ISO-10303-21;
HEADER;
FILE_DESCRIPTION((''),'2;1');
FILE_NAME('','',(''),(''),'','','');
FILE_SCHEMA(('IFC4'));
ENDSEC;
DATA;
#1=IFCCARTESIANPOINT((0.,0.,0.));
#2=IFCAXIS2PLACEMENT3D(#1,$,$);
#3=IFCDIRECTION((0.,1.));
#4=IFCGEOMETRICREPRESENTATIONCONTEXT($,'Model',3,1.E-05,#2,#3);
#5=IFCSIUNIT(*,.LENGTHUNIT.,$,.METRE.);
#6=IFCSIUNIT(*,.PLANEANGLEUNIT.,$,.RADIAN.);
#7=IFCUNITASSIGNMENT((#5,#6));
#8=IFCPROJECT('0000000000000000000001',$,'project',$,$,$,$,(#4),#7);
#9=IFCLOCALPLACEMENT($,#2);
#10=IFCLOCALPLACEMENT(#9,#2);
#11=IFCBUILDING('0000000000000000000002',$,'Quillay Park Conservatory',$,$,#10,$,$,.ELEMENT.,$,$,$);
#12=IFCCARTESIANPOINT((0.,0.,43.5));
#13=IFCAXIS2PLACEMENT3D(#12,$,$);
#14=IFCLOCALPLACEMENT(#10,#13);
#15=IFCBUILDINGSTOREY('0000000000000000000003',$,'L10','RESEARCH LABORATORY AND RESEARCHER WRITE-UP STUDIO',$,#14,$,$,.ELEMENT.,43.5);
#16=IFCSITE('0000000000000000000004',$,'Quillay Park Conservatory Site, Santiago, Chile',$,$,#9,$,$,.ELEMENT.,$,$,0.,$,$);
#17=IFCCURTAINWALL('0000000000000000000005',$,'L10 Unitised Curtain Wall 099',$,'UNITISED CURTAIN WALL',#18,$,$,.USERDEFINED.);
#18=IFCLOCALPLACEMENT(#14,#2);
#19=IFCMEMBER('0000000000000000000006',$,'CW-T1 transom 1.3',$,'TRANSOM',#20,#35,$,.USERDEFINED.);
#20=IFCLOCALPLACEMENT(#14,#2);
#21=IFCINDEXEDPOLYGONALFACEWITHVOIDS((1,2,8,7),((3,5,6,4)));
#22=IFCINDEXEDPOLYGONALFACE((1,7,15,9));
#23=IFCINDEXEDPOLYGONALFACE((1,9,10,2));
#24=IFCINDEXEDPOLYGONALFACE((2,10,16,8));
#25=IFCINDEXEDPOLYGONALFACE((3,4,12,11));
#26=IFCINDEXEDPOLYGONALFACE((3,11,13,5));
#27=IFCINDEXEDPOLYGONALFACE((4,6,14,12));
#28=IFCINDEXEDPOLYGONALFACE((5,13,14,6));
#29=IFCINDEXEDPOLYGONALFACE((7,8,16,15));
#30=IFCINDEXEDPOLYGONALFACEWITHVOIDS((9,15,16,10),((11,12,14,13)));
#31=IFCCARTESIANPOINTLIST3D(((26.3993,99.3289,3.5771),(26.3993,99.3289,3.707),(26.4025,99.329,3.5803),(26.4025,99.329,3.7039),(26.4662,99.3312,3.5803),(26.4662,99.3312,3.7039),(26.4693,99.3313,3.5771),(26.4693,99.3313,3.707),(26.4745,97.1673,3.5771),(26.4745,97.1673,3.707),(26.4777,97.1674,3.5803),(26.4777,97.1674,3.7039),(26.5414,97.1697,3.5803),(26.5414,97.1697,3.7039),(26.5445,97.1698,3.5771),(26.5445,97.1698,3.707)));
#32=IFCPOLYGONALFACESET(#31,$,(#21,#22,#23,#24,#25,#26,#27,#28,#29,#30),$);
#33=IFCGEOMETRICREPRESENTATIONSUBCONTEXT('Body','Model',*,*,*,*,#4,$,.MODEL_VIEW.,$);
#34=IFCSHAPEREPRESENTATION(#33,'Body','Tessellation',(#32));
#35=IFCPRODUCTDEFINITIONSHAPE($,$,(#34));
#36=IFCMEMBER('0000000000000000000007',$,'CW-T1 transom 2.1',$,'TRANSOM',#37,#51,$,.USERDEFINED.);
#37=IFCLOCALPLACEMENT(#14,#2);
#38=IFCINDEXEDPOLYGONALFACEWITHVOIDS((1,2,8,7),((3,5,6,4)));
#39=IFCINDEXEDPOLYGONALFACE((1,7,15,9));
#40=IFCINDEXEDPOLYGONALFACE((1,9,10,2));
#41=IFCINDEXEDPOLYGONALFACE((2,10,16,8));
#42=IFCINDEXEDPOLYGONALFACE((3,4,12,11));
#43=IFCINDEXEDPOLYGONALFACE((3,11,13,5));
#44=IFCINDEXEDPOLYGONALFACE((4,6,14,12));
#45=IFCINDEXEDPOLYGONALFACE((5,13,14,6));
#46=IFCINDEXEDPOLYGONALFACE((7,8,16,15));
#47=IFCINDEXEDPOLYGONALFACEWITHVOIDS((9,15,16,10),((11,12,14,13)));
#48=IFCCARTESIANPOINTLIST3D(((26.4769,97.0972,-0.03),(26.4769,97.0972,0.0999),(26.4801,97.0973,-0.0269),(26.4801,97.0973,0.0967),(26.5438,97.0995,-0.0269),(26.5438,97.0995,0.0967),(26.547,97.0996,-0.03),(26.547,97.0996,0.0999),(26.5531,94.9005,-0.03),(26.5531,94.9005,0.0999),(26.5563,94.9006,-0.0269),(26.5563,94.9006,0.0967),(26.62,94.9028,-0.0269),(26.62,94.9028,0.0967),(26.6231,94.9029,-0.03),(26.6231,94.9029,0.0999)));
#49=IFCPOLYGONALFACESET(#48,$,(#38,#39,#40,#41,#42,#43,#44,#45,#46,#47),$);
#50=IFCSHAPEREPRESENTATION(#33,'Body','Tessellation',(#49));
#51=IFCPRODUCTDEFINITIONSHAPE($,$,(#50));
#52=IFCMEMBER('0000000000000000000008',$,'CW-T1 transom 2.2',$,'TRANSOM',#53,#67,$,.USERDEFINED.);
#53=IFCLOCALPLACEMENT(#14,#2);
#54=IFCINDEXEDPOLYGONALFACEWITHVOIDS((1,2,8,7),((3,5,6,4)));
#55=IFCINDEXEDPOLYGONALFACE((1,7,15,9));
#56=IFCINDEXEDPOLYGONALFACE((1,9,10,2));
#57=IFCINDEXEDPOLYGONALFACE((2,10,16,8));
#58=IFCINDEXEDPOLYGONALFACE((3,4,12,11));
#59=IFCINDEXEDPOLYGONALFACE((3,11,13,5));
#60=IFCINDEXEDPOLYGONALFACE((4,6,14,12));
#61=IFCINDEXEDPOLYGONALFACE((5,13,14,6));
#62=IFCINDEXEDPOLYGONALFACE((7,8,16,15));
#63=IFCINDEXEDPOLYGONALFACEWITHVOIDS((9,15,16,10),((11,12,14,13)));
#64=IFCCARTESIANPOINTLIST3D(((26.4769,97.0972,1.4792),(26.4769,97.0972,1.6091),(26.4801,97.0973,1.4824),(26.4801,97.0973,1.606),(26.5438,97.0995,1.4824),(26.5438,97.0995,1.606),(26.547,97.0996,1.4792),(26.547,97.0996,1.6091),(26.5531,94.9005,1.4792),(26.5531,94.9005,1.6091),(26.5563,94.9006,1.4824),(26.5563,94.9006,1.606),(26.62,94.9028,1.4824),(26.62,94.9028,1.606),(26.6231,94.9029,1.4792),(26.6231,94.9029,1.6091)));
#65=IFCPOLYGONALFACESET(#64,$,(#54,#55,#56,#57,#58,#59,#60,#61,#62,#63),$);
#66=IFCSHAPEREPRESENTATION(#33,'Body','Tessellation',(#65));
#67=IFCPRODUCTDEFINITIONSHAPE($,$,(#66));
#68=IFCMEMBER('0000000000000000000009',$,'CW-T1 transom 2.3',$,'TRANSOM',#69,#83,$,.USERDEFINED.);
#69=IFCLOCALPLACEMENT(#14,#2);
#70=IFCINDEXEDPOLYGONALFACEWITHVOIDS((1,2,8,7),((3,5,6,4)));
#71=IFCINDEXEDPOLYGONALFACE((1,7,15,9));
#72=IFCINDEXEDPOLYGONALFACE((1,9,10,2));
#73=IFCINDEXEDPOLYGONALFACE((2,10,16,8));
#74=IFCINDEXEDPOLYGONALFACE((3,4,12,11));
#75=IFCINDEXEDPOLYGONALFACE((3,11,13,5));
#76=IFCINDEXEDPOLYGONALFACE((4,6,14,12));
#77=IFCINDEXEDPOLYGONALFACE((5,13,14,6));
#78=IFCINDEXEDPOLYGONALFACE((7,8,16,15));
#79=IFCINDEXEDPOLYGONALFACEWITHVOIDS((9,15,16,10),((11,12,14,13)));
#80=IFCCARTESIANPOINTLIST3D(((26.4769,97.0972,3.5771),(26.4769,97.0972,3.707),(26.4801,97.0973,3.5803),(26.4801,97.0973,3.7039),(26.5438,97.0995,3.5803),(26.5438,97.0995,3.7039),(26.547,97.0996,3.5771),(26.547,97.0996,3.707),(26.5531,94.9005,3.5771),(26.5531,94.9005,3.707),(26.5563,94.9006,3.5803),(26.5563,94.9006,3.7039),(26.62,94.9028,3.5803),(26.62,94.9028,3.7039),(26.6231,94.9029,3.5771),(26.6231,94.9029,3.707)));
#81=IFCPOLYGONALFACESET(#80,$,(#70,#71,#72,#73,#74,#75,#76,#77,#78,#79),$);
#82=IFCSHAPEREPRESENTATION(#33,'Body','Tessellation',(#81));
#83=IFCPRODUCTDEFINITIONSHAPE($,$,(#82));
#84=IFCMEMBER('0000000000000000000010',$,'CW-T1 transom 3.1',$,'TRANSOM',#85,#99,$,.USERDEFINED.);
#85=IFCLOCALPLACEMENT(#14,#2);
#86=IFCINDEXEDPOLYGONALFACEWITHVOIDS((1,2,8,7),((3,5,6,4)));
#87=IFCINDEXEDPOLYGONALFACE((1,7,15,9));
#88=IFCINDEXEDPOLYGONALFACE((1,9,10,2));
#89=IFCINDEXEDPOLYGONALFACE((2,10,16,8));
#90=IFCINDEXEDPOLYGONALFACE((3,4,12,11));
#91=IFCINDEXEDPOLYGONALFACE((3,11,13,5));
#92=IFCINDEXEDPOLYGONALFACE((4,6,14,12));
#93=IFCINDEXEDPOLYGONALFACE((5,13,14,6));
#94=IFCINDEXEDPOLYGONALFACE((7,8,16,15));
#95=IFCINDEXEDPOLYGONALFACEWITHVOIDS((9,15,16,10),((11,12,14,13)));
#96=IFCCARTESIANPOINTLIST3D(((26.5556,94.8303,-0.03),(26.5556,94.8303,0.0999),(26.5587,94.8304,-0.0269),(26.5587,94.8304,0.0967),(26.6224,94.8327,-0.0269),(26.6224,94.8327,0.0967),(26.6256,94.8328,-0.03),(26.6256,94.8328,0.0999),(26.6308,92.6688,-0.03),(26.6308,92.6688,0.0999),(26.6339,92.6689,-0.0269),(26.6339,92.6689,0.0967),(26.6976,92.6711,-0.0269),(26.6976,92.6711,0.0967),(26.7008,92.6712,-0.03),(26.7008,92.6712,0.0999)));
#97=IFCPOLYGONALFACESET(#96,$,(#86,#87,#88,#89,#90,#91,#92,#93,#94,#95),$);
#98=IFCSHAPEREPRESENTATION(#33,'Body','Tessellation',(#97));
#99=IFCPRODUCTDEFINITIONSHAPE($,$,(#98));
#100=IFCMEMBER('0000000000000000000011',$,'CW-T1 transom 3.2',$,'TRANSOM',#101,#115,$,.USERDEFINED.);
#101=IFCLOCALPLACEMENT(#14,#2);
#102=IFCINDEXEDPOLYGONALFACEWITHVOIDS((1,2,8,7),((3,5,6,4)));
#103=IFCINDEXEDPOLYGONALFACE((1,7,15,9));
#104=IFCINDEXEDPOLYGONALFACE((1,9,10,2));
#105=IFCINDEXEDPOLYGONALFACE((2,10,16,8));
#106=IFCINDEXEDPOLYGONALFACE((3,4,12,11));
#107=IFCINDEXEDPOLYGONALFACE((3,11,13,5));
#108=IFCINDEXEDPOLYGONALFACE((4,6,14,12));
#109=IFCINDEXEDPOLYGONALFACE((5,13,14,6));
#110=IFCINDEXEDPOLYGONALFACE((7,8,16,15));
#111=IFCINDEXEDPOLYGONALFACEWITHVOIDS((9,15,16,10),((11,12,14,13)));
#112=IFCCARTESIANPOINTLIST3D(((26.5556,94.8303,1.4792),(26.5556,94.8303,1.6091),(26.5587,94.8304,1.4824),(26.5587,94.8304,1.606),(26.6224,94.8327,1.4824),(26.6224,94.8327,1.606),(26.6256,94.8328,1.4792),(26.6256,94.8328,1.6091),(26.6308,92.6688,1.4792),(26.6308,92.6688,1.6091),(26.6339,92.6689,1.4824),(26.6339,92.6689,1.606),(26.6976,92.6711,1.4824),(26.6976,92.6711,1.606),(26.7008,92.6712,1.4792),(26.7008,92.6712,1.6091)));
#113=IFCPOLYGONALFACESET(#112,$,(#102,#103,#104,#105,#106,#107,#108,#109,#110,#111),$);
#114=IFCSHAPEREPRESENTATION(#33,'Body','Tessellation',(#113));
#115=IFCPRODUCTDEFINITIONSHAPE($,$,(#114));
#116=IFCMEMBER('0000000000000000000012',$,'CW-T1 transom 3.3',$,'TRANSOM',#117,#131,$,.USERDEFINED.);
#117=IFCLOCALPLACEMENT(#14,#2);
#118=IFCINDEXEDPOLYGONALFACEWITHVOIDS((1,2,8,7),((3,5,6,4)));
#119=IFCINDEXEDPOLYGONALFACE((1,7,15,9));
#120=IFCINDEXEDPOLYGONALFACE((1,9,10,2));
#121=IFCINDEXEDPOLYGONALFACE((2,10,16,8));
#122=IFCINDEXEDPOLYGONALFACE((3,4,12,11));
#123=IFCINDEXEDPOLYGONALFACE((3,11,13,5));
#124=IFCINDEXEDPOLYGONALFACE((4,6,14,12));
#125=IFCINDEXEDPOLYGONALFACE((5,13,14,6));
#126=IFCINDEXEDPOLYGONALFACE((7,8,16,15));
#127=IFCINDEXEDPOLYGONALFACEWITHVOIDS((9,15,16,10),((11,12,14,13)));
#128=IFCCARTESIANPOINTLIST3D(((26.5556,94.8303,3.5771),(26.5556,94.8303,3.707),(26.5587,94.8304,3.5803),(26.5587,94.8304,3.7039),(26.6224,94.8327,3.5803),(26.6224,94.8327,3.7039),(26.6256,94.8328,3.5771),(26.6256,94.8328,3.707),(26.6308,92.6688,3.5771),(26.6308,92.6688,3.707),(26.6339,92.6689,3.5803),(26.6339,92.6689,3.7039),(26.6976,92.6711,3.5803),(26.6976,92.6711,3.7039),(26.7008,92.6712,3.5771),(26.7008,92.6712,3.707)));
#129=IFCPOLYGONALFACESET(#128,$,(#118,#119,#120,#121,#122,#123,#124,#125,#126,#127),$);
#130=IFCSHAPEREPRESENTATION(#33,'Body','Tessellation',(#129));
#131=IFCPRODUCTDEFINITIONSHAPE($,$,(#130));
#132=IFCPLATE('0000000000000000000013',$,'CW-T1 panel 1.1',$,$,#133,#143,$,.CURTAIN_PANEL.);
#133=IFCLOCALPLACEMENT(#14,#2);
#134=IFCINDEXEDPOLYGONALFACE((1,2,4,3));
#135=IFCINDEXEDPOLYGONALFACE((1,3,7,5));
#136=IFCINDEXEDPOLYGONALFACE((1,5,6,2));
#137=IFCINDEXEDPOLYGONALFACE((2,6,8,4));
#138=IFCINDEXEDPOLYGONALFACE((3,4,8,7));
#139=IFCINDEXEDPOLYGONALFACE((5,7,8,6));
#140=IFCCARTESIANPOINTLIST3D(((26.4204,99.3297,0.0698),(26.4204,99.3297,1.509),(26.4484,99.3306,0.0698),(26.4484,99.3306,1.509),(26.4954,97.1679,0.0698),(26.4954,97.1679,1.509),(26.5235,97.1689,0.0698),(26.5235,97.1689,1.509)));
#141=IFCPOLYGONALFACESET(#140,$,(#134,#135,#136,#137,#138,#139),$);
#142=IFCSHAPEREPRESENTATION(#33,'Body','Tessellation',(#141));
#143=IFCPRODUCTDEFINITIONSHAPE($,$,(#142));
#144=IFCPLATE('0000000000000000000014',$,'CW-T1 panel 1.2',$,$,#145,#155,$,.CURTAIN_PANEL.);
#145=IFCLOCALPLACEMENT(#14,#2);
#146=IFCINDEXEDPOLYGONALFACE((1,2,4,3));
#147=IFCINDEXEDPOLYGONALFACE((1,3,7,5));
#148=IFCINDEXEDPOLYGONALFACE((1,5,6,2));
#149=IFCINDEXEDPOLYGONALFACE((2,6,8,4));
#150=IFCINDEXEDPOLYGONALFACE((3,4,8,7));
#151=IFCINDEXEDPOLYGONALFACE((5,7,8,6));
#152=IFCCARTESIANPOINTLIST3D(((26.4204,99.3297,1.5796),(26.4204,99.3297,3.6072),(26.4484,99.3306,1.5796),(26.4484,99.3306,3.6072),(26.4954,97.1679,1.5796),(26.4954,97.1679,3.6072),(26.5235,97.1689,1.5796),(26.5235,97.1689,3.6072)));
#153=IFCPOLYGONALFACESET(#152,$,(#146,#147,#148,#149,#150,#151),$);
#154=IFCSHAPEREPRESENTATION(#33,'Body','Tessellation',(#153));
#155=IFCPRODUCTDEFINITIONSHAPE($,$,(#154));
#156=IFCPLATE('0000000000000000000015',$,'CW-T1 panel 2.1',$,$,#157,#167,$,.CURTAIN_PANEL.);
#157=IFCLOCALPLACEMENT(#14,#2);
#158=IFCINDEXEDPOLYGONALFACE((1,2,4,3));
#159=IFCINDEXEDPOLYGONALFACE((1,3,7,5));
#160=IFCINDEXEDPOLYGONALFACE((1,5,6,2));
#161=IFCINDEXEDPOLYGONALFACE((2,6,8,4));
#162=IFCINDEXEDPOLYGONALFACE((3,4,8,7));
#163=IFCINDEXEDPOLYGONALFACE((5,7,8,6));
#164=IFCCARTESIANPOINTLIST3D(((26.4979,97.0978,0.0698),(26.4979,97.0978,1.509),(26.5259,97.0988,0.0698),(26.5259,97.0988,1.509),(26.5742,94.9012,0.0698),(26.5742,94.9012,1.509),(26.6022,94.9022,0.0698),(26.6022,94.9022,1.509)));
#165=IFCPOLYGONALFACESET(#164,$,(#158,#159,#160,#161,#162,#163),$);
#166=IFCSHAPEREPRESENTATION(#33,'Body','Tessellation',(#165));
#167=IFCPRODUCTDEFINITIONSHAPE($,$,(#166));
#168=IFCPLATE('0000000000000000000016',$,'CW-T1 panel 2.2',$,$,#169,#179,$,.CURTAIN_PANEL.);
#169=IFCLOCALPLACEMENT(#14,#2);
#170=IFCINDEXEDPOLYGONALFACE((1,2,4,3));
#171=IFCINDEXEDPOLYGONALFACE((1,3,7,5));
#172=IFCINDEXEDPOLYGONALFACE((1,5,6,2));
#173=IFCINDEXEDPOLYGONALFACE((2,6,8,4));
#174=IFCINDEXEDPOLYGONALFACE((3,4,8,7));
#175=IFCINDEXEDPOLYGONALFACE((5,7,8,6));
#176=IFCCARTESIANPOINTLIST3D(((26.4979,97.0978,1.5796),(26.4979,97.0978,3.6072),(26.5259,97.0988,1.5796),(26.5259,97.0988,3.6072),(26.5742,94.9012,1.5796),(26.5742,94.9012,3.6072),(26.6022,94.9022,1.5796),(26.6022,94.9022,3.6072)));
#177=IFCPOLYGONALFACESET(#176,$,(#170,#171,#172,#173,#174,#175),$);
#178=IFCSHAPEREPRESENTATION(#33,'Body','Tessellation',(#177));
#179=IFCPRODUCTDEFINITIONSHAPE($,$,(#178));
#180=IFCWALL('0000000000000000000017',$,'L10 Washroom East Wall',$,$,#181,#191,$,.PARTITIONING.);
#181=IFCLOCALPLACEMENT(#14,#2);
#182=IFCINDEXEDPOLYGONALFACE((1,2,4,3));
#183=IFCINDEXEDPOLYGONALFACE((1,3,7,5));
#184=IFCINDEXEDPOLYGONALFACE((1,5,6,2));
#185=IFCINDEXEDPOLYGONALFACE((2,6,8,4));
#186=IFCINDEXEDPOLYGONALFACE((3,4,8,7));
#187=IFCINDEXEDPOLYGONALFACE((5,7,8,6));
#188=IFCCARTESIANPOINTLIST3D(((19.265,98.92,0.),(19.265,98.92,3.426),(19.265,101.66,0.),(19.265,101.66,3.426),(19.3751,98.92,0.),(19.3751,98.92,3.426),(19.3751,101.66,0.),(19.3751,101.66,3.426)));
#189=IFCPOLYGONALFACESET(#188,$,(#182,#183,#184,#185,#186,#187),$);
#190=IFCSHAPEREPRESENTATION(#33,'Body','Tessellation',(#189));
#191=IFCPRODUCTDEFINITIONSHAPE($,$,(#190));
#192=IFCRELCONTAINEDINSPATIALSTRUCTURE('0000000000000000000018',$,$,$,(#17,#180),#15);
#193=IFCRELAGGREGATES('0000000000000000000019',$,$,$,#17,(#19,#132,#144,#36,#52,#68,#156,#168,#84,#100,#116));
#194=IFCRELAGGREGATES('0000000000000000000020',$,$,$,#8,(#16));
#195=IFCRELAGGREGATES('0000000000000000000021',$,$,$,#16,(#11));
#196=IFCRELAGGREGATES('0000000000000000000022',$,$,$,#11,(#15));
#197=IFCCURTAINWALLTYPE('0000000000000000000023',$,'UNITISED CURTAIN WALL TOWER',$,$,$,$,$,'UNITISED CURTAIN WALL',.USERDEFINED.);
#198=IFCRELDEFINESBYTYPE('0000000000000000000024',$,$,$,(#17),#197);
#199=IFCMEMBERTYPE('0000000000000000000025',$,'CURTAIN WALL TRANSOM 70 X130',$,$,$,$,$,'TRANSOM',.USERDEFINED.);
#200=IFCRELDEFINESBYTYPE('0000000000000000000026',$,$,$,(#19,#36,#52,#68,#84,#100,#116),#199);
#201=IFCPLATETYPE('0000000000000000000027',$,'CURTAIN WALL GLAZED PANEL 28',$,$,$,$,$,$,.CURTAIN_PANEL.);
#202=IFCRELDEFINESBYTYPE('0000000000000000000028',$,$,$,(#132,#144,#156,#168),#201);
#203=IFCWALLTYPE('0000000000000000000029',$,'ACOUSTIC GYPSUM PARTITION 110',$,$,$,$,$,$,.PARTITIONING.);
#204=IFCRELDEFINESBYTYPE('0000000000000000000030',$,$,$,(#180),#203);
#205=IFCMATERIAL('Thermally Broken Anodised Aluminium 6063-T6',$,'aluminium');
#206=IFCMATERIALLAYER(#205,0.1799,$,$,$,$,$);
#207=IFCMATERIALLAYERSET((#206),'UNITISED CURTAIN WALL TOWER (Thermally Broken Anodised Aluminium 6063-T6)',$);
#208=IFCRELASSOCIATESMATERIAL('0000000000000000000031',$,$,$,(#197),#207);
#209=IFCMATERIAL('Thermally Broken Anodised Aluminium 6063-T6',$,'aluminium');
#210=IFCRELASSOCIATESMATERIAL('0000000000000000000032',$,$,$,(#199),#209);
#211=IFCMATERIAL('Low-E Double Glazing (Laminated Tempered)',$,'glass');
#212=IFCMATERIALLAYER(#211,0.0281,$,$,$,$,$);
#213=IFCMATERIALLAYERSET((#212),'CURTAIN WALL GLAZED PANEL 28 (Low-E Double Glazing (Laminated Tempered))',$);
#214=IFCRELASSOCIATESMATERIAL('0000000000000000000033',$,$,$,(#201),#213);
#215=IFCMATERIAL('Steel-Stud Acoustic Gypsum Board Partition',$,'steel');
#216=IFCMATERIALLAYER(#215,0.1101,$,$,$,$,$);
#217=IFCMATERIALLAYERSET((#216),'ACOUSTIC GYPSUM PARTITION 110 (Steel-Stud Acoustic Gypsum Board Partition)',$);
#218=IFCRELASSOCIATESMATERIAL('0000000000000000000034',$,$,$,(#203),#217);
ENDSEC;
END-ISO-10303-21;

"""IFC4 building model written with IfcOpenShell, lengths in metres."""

from ifc_helpers import new_model, si_unit, direction, frame, frame_2d, origin, origin_2d, place, context, subcontext, project, spatial, rectangle, hollow_rectangle, extrude, material, layer, layer_set, material_profile, profile_set, type_object, element, aggregate, save


model = new_model("IFC4")

# Units and contexts
model_context = context("Model", 3, precision=1e-05, world=origin(), true_north=direction((0.0, 1.0)))
body_context = subcontext(model_context, "Body", "Model", "MODEL_VIEW")
ifc_project = project(units=[si_unit("LENGTHUNIT", "METRE"), si_unit("PLANEANGLEUNIT", "RADIAN")], contexts=[model_context])

# Site, building, storey
site_placement = place(None, origin())
site = spatial("IfcSite", under=ifc_project, at=site_placement, Name="Quillay Park Conservatory Site, Santiago, Chile", CompositionType="ELEMENT", RefElevation=0.0)
building_placement = place(site_placement, origin())
building = spatial("IfcBuilding", under=site, at=building_placement, Name="Quillay Park Conservatory", CompositionType="ELEMENT")
storey_placement = place(building_placement, frame((0.0, 0.0, 43.5)))
storey = spatial("IfcBuildingStorey", under=building, at=storey_placement, Name="L10", Description="RESEARCH LABORATORY AND RESEARCHER WRITE-UP STUDIO", CompositionType="ELEMENT", Elevation=43.5)

# Curtain wall, members, plates
ifc_material_1 = material(Name="Thermally Broken Anodised Aluminium 6063-T6", Category="aluminium")
ifc_layer_1 = layer(ifc_material_1, 0.1799)
ifc_layer_set_1 = layer_set([ifc_layer_1], Name="UNITISED CURTAIN WALL TOWER (Thermally Broken Anodised Aluminium 6063-T6)")
curtain_wall_type = type_object("IfcCurtainWallType", Name="UNITISED CURTAIN WALL TOWER", ElementType="UNITISED CURTAIN WALL", PredefinedType="USERDEFINED", material=ifc_layer_set_1)
curtain_wall_placement = place(storey_placement, origin())
curtain_wall = element("IfcCurtainWall", 1, at=curtain_wall_placement, inside=storey, type_object=curtain_wall_type, Name="L10 Unitised Curtain Wall 099", ObjectType="UNITISED CURTAIN WALL", PredefinedType="USERDEFINED")
ifc_material_2 = material(Name="Thermally Broken Anodised Aluminium 6063-T6", Category="aluminium")
ifc_material_profile_1 = material_profile(ifc_material_2, hollow_rectangle(XDim=0.0701, YDim=0.1299, WallThickness=0.0032, at=origin_2d()), Name="AL70x130x3.2")
ifc_profile_set_1 = profile_set([ifc_material_profile_1], Name="Thermally Broken Anodised Aluminium 6063-T6")
member_type_1 = type_object("IfcMemberType", Name="CURTAIN WALL TRANSOM 70 X130", ElementType="TRANSOM", PredefinedType="USERDEFINED", material=ifc_profile_set_1)
member_1_placement = place(storey_placement, frame((26.4343, 99.3301, 3.6421), z_axis=(0.034766, -0.999395, 0.0), x_axis=(0.999395, 0.034766, 0.0)))
member_1 = element("IfcMember", 2, at=member_1_placement, type_object=member_type_1, Name="CW-T1 transom 1.3", ObjectType="TRANSOM", PredefinedType="USERDEFINED", context=body_context, shape_type="SweptSolid", body=[
    extrude(hollow_rectangle(XDim=0.0701, YDim=0.1299, WallThickness=0.0032, at=origin_2d()), origin(), (0.0, 0.0, 1.0), 2.1628),
])
member_2_placement = place(storey_placement, frame((26.512, 97.0984, 0.0349), z_axis=(0.034654, -0.999399, 0.0), x_axis=(0.999399, 0.034654, 0.0)))
member_2 = element("IfcMember", 3, at=member_2_placement, type_object=member_type_1, Name="CW-T1 transom 2.1", ObjectType="TRANSOM", PredefinedType="USERDEFINED", context=body_context, shape_type="SweptSolid", body=[
    extrude(hollow_rectangle(XDim=0.0701, YDim=0.1299, WallThickness=0.0032, at=origin_2d()), origin(), (0.0, 0.0, 1.0), 2.198),
])
member_3_placement = place(storey_placement, frame((26.512, 97.0984, 1.5442), z_axis=(0.034654, -0.999399, 0.0), x_axis=(0.999399, 0.034654, 0.0)))
member_3 = element("IfcMember", 4, at=member_3_placement, type_object=member_type_1, Name="CW-T1 transom 2.2", ObjectType="TRANSOM", PredefinedType="USERDEFINED", context=body_context, shape_type="SweptSolid", body=[
    extrude(hollow_rectangle(XDim=0.0701, YDim=0.1299, WallThickness=0.0032, at=origin_2d()), origin(), (0.0, 0.0, 1.0), 2.198),
])
member_4_placement = place(storey_placement, frame((26.512, 97.0984, 3.6421), z_axis=(0.034654, -0.999399, 0.0), x_axis=(0.999399, 0.034654, 0.0)))
member_4 = element("IfcMember", 5, at=member_4_placement, type_object=member_type_1, Name="CW-T1 transom 2.3", ObjectType="TRANSOM", PredefinedType="USERDEFINED", context=body_context, shape_type="SweptSolid", body=[
    extrude(hollow_rectangle(XDim=0.0701, YDim=0.1299, WallThickness=0.0032, at=origin_2d()), origin(), (0.0, 0.0, 1.0), 2.198),
])
member_5_placement = place(storey_placement, frame((26.5906, 94.8315, 0.0349), z_axis=(0.034766, -0.999395, 0.0), x_axis=(0.999395, 0.034766, 0.0)))
member_5 = element("IfcMember", 6, at=member_5_placement, type_object=member_type_1, Name="CW-T1 transom 3.1", ObjectType="TRANSOM", PredefinedType="USERDEFINED", context=body_context, shape_type="SweptSolid", body=[
    extrude(hollow_rectangle(XDim=0.0701, YDim=0.1299, WallThickness=0.0032, at=origin_2d()), origin(), (0.0, 0.0, 1.0), 2.1628),
])
member_6_placement = place(storey_placement, frame((26.5906, 94.8315, 1.5442), z_axis=(0.034766, -0.999395, 0.0), x_axis=(0.999395, 0.034766, 0.0)))
member_6 = element("IfcMember", 7, at=member_6_placement, type_object=member_type_1, Name="CW-T1 transom 3.2", ObjectType="TRANSOM", PredefinedType="USERDEFINED", context=body_context, shape_type="SweptSolid", body=[
    extrude(hollow_rectangle(XDim=0.0701, YDim=0.1299, WallThickness=0.0032, at=origin_2d()), origin(), (0.0, 0.0, 1.0), 2.1628),
])
member_7_placement = place(storey_placement, frame((26.5906, 94.8315, 3.6421), z_axis=(0.034766, -0.999395, 0.0), x_axis=(0.999395, 0.034766, 0.0)))
member_7 = element("IfcMember", 8, at=member_7_placement, type_object=member_type_1, Name="CW-T1 transom 3.3", ObjectType="TRANSOM", PredefinedType="USERDEFINED", context=body_context, shape_type="SweptSolid", body=[
    extrude(hollow_rectangle(XDim=0.0701, YDim=0.1299, WallThickness=0.0032, at=origin_2d()), origin(), (0.0, 0.0, 1.0), 2.1628),
])
ifc_material_3 = material(Name="Low-E Double Glazing (Laminated Tempered)", Category="glass")
ifc_layer_2 = layer(ifc_material_3, 0.0281)
ifc_layer_set_2 = layer_set([ifc_layer_2], Name="CURTAIN WALL GLAZED PANEL 28 (Low-E Double Glazing (Laminated Tempered))")
plate_type = type_object("IfcPlateType", Name="CURTAIN WALL GLAZED PANEL 28", PredefinedType="CURTAIN_PANEL", material=ifc_layer_set_2)
plate_1_placement = place(storey_placement, frame((26.4719, 98.2493, 0.0698), z_axis=(0.0, 0.0, 1.0), x_axis=(0.034713, -0.999397, 0.0)))
plate_1 = element("IfcPlate", 9, at=plate_1_placement, type_object=plate_type, Name="CW-T1 panel 1.1", PredefinedType="CURTAIN_PANEL", context=body_context, shape_type="SweptSolid", body=[
    extrude(rectangle(XDim=2.1631, YDim=0.0281, at=origin_2d()), origin(), (0.0, 0.0, 1.0), 1.4392),
])
plate_2_placement = place(storey_placement, frame((26.4719, 98.2493, 1.5796), z_axis=(0.0, 0.0, 1.0), x_axis=(0.034713, -0.999397, 0.0)))
plate_2 = element("IfcPlate", 10, at=plate_2_placement, type_object=plate_type, Name="CW-T1 panel 1.2", PredefinedType="CURTAIN_PANEL", context=body_context, shape_type="SweptSolid", body=[
    extrude(rectangle(XDim=2.1631, YDim=0.0281, at=origin_2d()), origin(), (0.0, 0.0, 1.0), 2.0276),
])
plate_3_placement = place(storey_placement, frame((26.55, 96.0, 0.0698), z_axis=(0.0, 0.0, 1.0), x_axis=(0.034713, -0.999397, 0.0)))
plate_3 = element("IfcPlate", 11, at=plate_3_placement, type_object=plate_type, Name="CW-T1 panel 2.1", PredefinedType="CURTAIN_PANEL", context=body_context, shape_type="SweptSolid", body=[
    extrude(rectangle(XDim=2.198, YDim=0.0281, at=origin_2d()), origin(), (0.0, 0.0, 1.0), 1.4392),
])
plate_4_placement = place(storey_placement, frame((26.55, 96.0, 1.5796), z_axis=(0.0, 0.0, 1.0), x_axis=(0.034713, -0.999397, 0.0)))
plate_4 = element("IfcPlate", 12, at=plate_4_placement, type_object=plate_type, Name="CW-T1 panel 2.2", PredefinedType="CURTAIN_PANEL", context=body_context, shape_type="SweptSolid", body=[
    extrude(rectangle(XDim=2.198, YDim=0.0281, at=origin_2d()), origin(), (0.0, 0.0, 1.0), 2.0276),
])
aggregate(curtain_wall, [member_1, plate_1, plate_2, member_2, member_3, member_4, plate_3, plate_4, member_5, member_6, member_7])

# Wall
ifc_material_4 = material(Name="Steel-Stud Acoustic Gypsum Board Partition", Category="steel")
ifc_layer_3 = layer(ifc_material_4, 0.1101)
ifc_layer_set_3 = layer_set([ifc_layer_3], Name="ACOUSTIC GYPSUM PARTITION 110 (Steel-Stud Acoustic Gypsum Board Partition)")
wall_type_1 = type_object("IfcWallType", Name="ACOUSTIC GYPSUM PARTITION 110", PredefinedType="PARTITIONING", material=ifc_layer_set_3)
wall_1_placement = place(storey_placement, frame((19.3201, 98.9199, 0.0), z_axis=(0.0, 0.0, 1.0), x_axis=(0.0, 1.0, 0.0)))
element("IfcWall", 13, at=wall_1_placement, inside=storey, type_object=wall_type_1, Name="L10 Washroom East Wall", PredefinedType="PARTITIONING", context=body_context, shape_type="SweptSolid", body=[
    extrude(rectangle(XDim=2.74, YDim=0.1101, at=frame_2d((1.3701, 0.0))), origin(), (0.0, 0.0, 1.0), 3.426),
])

save(model, "model.ifc")
